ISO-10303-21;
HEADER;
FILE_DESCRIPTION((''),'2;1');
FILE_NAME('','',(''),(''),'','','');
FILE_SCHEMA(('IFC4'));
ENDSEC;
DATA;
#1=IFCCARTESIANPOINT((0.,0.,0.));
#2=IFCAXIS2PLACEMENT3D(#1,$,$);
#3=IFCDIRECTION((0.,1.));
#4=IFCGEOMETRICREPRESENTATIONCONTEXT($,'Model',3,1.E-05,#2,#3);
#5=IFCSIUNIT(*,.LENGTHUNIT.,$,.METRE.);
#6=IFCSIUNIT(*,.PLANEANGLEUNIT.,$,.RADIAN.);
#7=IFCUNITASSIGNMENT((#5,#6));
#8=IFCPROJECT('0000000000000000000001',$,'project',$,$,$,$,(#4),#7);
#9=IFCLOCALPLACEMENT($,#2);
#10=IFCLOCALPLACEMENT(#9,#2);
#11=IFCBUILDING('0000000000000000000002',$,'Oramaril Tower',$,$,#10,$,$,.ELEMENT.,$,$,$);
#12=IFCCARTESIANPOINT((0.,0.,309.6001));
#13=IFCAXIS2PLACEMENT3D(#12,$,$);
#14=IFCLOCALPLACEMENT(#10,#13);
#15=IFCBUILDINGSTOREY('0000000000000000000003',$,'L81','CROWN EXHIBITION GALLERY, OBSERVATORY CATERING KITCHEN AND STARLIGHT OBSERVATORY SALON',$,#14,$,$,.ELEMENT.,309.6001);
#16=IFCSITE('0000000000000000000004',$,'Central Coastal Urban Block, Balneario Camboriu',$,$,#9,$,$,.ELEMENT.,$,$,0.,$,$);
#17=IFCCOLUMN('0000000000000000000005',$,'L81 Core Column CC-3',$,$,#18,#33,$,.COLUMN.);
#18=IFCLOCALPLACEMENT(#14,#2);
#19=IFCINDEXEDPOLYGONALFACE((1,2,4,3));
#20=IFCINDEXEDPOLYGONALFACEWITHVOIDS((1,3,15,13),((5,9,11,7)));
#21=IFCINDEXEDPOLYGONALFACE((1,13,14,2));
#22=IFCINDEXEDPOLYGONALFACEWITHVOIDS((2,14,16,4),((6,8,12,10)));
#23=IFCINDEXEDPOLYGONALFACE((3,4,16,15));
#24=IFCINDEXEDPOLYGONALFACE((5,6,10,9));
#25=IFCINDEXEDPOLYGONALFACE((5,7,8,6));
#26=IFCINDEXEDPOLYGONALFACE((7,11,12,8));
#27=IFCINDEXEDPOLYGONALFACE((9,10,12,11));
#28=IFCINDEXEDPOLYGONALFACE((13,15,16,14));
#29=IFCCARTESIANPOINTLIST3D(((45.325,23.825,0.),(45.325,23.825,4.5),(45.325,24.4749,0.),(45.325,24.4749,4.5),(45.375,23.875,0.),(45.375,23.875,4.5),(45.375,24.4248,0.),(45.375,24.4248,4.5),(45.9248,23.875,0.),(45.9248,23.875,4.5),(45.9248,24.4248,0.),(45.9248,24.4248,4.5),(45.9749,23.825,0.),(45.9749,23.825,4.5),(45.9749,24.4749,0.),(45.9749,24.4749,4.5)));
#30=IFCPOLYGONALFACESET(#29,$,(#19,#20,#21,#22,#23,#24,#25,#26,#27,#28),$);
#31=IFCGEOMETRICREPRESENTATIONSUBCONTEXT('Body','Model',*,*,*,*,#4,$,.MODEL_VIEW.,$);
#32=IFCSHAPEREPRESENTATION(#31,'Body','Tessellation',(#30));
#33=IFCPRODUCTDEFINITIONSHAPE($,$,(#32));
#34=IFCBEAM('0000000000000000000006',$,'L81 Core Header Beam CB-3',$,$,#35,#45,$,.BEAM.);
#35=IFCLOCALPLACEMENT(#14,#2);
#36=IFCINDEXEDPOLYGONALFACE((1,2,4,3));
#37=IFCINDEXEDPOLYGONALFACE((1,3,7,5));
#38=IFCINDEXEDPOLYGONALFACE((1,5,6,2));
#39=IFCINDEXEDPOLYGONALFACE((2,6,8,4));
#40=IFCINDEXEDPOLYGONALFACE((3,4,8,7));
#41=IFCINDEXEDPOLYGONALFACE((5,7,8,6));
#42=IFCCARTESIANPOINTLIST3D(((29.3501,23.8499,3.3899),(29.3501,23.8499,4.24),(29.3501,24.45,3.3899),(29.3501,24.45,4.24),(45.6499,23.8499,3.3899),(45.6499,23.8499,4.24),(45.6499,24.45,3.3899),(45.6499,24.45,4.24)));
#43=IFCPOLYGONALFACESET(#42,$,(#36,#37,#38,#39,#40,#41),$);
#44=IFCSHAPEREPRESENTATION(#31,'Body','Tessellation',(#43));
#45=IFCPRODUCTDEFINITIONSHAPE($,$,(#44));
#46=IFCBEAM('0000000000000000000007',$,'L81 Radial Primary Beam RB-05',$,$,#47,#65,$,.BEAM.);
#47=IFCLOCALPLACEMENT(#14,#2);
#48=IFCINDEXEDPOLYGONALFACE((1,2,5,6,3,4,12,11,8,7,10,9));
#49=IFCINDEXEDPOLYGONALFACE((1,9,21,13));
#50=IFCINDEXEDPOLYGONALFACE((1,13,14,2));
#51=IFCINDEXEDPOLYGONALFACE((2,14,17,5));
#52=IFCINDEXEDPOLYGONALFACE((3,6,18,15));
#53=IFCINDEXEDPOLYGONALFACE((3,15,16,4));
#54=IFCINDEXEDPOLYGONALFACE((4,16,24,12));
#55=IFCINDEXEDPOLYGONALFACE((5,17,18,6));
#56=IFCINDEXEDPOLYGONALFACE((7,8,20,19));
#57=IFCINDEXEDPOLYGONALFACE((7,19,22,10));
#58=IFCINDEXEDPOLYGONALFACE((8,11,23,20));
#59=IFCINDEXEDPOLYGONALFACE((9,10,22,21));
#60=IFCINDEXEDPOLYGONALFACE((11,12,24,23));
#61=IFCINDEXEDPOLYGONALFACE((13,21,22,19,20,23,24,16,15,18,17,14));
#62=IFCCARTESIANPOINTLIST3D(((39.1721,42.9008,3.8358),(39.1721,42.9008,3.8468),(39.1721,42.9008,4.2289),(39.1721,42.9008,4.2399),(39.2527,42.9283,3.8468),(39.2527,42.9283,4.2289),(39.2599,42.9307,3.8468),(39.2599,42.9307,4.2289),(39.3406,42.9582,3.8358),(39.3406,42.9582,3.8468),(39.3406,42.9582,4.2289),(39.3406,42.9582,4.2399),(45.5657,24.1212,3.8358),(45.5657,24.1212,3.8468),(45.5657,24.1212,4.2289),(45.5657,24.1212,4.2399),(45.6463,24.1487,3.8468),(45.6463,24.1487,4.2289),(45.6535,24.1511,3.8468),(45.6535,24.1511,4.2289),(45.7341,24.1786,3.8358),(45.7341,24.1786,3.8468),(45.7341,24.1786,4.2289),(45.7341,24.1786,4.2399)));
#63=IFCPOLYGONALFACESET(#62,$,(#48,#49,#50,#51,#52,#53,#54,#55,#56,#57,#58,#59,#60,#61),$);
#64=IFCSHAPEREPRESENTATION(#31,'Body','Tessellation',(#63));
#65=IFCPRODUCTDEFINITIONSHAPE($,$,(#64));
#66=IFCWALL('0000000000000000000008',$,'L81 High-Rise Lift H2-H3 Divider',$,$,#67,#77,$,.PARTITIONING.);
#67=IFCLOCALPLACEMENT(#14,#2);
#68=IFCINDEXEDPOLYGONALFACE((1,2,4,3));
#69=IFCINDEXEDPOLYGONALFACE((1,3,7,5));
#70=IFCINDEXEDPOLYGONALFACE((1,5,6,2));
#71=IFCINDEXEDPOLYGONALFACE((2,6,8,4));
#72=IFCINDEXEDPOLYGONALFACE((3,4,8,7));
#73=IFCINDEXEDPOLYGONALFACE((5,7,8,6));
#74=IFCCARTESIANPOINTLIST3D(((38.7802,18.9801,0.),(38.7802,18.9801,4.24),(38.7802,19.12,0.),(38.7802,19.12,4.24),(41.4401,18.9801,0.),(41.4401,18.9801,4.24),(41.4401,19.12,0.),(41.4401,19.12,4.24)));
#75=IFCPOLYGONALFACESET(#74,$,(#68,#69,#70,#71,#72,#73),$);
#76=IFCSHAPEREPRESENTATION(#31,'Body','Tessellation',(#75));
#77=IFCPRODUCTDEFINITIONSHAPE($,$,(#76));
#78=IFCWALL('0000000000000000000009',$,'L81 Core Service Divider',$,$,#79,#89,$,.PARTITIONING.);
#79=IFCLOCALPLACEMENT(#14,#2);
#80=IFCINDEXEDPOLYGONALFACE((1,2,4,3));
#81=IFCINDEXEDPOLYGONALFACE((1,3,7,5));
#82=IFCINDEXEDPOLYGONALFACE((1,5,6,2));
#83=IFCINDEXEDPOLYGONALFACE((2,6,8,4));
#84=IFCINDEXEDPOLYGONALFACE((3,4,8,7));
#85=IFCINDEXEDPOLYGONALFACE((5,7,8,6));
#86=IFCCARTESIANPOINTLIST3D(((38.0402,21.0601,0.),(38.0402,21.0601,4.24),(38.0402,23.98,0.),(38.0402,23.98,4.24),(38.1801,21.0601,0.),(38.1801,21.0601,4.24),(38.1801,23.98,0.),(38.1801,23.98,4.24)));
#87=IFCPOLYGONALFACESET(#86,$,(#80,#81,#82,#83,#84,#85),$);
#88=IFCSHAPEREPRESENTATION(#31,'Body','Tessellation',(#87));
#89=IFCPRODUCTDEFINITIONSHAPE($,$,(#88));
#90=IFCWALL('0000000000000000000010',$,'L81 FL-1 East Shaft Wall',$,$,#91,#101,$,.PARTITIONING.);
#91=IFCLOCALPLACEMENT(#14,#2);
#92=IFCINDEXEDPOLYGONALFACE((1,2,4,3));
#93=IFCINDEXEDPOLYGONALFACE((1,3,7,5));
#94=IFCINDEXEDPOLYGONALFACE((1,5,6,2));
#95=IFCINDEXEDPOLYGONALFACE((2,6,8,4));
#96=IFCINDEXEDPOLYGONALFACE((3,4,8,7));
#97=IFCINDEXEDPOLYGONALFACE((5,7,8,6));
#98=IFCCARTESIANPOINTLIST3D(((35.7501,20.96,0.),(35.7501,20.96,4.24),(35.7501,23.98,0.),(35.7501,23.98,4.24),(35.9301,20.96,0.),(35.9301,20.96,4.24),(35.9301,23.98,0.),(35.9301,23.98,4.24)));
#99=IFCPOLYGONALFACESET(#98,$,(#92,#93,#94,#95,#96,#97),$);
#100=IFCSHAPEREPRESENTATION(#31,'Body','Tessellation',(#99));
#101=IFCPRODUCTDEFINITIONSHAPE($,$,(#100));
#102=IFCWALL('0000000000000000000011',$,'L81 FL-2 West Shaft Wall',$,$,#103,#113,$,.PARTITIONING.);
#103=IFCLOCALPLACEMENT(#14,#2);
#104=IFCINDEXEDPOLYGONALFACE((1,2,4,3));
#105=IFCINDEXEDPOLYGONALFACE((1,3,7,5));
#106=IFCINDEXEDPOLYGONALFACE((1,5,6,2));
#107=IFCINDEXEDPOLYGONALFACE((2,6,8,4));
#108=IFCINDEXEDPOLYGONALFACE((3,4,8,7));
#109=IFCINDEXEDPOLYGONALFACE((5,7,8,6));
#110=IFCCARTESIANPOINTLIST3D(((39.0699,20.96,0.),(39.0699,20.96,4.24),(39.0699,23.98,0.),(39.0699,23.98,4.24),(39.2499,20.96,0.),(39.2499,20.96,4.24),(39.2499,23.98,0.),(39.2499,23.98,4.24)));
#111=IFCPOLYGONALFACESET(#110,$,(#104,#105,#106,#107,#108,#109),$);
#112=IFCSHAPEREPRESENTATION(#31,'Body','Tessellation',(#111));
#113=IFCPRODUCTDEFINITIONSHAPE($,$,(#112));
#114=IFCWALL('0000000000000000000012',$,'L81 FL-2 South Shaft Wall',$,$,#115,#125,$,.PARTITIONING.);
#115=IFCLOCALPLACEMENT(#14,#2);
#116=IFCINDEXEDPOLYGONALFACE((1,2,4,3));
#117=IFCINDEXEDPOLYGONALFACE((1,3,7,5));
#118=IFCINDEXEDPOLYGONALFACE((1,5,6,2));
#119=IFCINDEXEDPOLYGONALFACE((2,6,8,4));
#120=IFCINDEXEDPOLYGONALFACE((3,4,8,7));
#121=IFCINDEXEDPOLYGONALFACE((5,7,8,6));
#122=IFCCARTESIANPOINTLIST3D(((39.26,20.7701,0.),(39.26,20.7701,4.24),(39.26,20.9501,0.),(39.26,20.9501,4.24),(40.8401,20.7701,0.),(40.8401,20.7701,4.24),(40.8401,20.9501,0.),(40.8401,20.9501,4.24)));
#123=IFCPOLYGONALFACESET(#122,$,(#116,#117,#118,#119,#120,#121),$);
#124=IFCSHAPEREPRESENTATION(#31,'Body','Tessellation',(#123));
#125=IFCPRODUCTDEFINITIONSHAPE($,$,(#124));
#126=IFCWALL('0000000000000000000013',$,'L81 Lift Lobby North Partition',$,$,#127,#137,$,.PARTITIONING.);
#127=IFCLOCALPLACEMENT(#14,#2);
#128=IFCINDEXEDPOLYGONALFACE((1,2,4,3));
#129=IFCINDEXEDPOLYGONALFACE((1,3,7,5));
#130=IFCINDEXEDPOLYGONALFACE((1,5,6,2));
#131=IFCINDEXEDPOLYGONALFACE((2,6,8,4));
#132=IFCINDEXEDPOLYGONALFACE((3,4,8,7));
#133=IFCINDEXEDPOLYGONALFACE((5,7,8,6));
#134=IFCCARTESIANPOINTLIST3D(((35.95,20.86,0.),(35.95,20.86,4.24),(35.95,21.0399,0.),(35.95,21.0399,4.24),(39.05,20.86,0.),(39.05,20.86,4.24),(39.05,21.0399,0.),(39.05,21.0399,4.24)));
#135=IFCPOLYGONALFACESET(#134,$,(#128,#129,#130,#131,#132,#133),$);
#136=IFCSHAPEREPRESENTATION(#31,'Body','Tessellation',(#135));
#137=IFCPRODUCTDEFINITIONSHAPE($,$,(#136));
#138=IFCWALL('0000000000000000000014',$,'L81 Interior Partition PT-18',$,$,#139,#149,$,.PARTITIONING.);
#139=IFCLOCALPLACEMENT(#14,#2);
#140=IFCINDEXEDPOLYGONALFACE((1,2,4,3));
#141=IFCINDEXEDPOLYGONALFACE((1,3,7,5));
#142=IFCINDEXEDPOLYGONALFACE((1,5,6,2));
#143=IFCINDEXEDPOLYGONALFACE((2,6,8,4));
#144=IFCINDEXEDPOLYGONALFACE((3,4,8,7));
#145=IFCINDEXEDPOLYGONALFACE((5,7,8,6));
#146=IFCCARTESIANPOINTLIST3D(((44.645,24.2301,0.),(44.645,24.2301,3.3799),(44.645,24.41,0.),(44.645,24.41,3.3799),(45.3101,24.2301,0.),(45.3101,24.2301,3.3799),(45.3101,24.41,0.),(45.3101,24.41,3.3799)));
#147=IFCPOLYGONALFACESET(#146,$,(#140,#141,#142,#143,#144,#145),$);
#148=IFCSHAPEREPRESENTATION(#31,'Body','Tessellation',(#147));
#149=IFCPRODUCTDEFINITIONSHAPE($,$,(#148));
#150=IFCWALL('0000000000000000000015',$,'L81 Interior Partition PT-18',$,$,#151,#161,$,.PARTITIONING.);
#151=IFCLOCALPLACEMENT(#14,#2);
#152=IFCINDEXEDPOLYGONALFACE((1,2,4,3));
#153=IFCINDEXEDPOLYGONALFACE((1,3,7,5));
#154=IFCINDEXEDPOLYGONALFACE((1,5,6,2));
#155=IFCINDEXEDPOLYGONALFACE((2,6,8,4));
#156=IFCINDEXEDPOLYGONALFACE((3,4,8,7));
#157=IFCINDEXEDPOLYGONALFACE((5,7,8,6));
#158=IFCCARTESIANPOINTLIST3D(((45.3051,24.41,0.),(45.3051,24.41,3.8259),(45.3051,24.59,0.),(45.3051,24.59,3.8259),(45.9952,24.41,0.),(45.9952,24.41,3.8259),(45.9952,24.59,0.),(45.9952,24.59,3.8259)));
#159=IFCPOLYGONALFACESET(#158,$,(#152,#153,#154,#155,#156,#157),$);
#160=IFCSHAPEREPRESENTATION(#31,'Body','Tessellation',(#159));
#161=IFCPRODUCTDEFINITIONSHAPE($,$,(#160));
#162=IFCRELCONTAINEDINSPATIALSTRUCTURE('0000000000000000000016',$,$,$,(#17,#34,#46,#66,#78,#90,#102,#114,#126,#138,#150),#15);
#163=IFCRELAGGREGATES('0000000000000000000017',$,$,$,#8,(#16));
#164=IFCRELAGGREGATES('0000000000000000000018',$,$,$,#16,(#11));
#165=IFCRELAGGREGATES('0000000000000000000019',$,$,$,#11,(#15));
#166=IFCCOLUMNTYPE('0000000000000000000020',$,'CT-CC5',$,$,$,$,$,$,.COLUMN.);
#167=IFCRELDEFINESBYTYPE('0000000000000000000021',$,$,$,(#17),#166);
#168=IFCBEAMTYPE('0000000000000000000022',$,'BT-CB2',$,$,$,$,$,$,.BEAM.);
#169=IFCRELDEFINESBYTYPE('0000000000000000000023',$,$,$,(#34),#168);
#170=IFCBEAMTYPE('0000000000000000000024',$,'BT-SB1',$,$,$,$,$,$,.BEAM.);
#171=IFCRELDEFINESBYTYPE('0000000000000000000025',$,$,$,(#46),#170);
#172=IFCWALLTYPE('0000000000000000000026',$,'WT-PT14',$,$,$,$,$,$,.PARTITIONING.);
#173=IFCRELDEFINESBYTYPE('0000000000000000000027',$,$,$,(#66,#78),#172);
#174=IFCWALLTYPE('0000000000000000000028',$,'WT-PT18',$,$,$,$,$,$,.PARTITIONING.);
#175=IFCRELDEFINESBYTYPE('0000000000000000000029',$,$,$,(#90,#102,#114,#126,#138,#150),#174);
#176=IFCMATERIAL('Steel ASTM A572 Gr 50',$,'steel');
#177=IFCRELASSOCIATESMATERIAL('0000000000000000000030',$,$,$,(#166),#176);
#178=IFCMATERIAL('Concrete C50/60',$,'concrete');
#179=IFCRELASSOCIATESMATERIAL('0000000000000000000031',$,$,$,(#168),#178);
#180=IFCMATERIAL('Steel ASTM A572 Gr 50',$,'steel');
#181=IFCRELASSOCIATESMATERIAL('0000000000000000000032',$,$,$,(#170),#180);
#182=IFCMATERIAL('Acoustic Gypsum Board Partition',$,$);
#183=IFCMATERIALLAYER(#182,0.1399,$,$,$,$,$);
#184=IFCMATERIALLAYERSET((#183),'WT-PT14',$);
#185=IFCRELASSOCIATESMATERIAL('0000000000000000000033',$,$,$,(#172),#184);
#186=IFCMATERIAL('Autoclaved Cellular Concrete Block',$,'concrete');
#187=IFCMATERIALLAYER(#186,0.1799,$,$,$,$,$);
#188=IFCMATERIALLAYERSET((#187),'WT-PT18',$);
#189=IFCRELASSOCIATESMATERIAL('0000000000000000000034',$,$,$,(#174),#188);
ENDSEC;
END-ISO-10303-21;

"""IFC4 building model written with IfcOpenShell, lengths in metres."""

from ifc_helpers import new_model, si_unit, direction, frame, frame_2d, origin, origin_2d, place, context, subcontext, project, spatial, rectangle, hollow_rectangle, i_section, extrude, material, layer, layer_set, material_profile, profile_set, type_object, element, save


model = new_model("IFC4")

# Units and contexts
model_context = context("Model", 3, precision=1e-05, world=origin(), true_north=direction((0.0, 1.0)))
body_context = subcontext(model_context, "Body", "Model", "MODEL_VIEW")
ifc_project = project(units=[si_unit("LENGTHUNIT", "METRE"), si_unit("PLANEANGLEUNIT", "RADIAN")], contexts=[model_context])

# Site, building, storey
site_placement = place(None, origin())
site = spatial("IfcSite", under=ifc_project, at=site_placement, Name="Central Coastal Urban Block, Balneario Camboriu", CompositionType="ELEMENT", RefElevation=0.0)
building_placement = place(site_placement, origin())
building = spatial("IfcBuilding", under=site, at=building_placement, Name="Oramaril Tower", CompositionType="ELEMENT")
storey_placement = place(building_placement, frame((0.0, 0.0, 309.6001)))
storey = spatial("IfcBuildingStorey", under=building, at=storey_placement, Name="L81", Description="CROWN EXHIBITION GALLERY, OBSERVATORY CATERING KITCHEN AND STARLIGHT OBSERVATORY SALON", CompositionType="ELEMENT", Elevation=309.6001)

# Column
ifc_material_1 = material(Name="Steel ASTM A572 Gr 50", Category="steel")
ifc_material_profile_1 = material_profile(ifc_material_1, hollow_rectangle(XDim=0.6499, YDim=0.6499, WallThickness=0.05, at=origin_2d()), Name="BOX650X650X50")
ifc_profile_set_1 = profile_set([ifc_material_profile_1], Name="Steel ASTM A572 Gr 50")
column_type = type_object("IfcColumnType", Name="CT-CC5", PredefinedType="COLUMN", material=ifc_profile_set_1)
column_placement = place(storey_placement, frame((45.6499, 24.1499, 0.0), z_axis=(0.0, 0.0, 1.0), x_axis=(1.0, 0.0, 0.0)))
element("IfcColumn", 1, at=column_placement, inside=storey, type_object=column_type, Name="L81 Core Column CC-3", PredefinedType="COLUMN", context=body_context, shape_type="SweptSolid", body=[
    extrude(hollow_rectangle(XDim=0.6499, YDim=0.6499, WallThickness=0.05, at=origin_2d()), origin(), (0.0, 0.0, 1.0), 4.5),
])

# Beams
ifc_material_2 = material(Name="Concrete C50/60", Category="concrete")
ifc_material_profile_2 = material_profile(ifc_material_2, rectangle(XDim=0.6001, YDim=0.8501, at=origin_2d()), Name="CB600X850")
ifc_profile_set_2 = profile_set([ifc_material_profile_2], Name="Concrete C50/60")
beam_type_1 = type_object("IfcBeamType", Name="BT-CB2", PredefinedType="BEAM", material=ifc_profile_set_2)
beam_1_placement = place(storey_placement, frame((45.6499, 24.1499, 3.8149), z_axis=(-1.0, 0.0, 0.0), x_axis=(0.0, -1.0, 0.0)))
element("IfcBeam", 2, at=beam_1_placement, inside=storey, type_object=beam_type_1, Name="L81 Core Header Beam CB-3", PredefinedType="BEAM", context=body_context, shape_type="SweptSolid", body=[
    extrude(rectangle(XDim=0.6001, YDim=0.8501, at=origin_2d()), origin(), (0.0, 0.0, 1.0), 16.2998),
])
ifc_material_3 = material(Name="Steel ASTM A572 Gr 50", Category="steel")
ifc_material_profile_3 = material_profile(ifc_material_3, i_section(OverallWidth=0.178, OverallDepth=0.4041, WebThickness=0.0076, FlangeThickness=0.011, at=origin_2d()), Name="W16X36")
ifc_profile_set_3 = profile_set([ifc_material_profile_3], Name="Steel ASTM A572 Gr 50")
beam_type_2 = type_object("IfcBeamType", Name="BT-SB1", PredefinedType="BEAM", material=ifc_profile_set_3)
beam_2_placement = place(storey_placement, frame((45.6499, 24.1499, 4.0378), z_axis=(-0.322287, 0.946642, 0.0), x_axis=(-0.946642, -0.322287, 0.0)))
element("IfcBeam", 3, at=beam_2_placement, inside=storey, type_object=beam_type_2, Name="L81 Radial Primary Beam RB-05", PredefinedType="BEAM", context=body_context, shape_type="SweptSolid", body=[
    extrude(i_section(OverallWidth=0.178, OverallDepth=0.4041, WebThickness=0.0076, FlangeThickness=0.011, at=origin_2d()), origin(), (0.0, 0.0, 1.0), 19.8381),
])

# Walls
ifc_material_4 = material(Name="Acoustic Gypsum Board Partition")
ifc_layer_1 = layer(ifc_material_4, 0.1399)
ifc_layer_set_1 = layer_set([ifc_layer_1], Name="WT-PT14")
wall_type_1 = type_object("IfcWallType", Name="WT-PT14", PredefinedType="PARTITIONING", material=ifc_layer_set_1)
wall_1_placement = place(storey_placement, frame((38.78, 19.05, 0.0), z_axis=(0.0, 0.0, 1.0), x_axis=(1.0, 0.0, 0.0)))
element("IfcWall", 4, at=wall_1_placement, inside=storey, type_object=wall_type_1, Name="L81 High-Rise Lift H2-H3 Divider", PredefinedType="PARTITIONING", context=body_context, shape_type="SweptSolid", body=[
    extrude(rectangle(XDim=2.6599, YDim=0.1399, at=frame_2d((1.3301, 0.0))), origin(), (0.0, 0.0, 1.0), 4.24),
])
wall_2_placement = place(storey_placement, frame((38.1101, 21.0601, 0.0), z_axis=(0.0, 0.0, 1.0), x_axis=(0.0, 1.0, 0.0)))
element("IfcWall", 5, at=wall_2_placement, inside=storey, type_object=wall_type_1, Name="L81 Core Service Divider", PredefinedType="PARTITIONING", context=body_context, shape_type="SweptSolid", body=[
    extrude(rectangle(XDim=2.9199, YDim=0.1399, at=frame_2d((1.46, 0.0))), origin(), (0.0, 0.0, 1.0), 4.24),
])
ifc_material_5 = material(Name="Autoclaved Cellular Concrete Block", Category="concrete")
ifc_layer_2 = layer(ifc_material_5, 0.1799)
ifc_layer_set_2 = layer_set([ifc_layer_2], Name="WT-PT18")
wall_type_2 = type_object("IfcWallType", Name="WT-PT18", PredefinedType="PARTITIONING", material=ifc_layer_set_2)
for number, where, z_axis, x_axis, name in (
    (6, (35.8401, 20.96, 0.0), (0.0, 0.0, 1.0), (0.0, 1.0, 0.0), "L81 FL-1 East Shaft Wall"),
    (7, (39.1599, 20.96, 0.0), (0.0, 0.0, 1.0), (0.0, 1.0, 0.0), "L81 FL-2 West Shaft Wall"),
):
    element("IfcWall", number, at=place(storey_placement, frame(where, z_axis=z_axis, x_axis=x_axis)), inside=storey, type_object=wall_type_2, Name=name, PredefinedType="PARTITIONING", context=body_context, shape_type="SweptSolid", body=[
        extrude(rectangle(XDim=3.02, YDim=0.1799, at=frame_2d((1.51, 0.0))), origin(), (0.0, 0.0, 1.0), 4.24),
    ])
wall_3_placement = place(storey_placement, frame((39.26, 20.8601, 0.0), z_axis=(0.0, 0.0, 1.0), x_axis=(1.0, 0.0, 0.0)))
element("IfcWall", 8, at=wall_3_placement, inside=storey, type_object=wall_type_2, Name="L81 FL-2 South Shaft Wall", PredefinedType="PARTITIONING", context=body_context, shape_type="SweptSolid", body=[
    extrude(rectangle(XDim=1.5801, YDim=0.1799, at=frame_2d((0.79, 0.0))), origin(), (0.0, 0.0, 1.0), 4.24),
])
wall_4_placement = place(storey_placement, frame((35.95, 20.95, 0.0), z_axis=(0.0, 0.0, 1.0), x_axis=(1.0, 0.0, 0.0)))
element("IfcWall", 9, at=wall_4_placement, inside=storey, type_object=wall_type_2, Name="L81 Lift Lobby North Partition", PredefinedType="PARTITIONING", context=body_context, shape_type="SweptSolid", body=[
    extrude(rectangle(XDim=3.1001, YDim=0.1799, at=frame_2d((1.55, 0.0))), origin(), (0.0, 0.0, 1.0), 4.24),
])
wall_5_placement = place(storey_placement, frame((44.645, 24.3201, 0.0), z_axis=(0.0, 0.0, 1.0), x_axis=(1.0, 0.0, 0.0)))
element("IfcWall", 10, at=wall_5_placement, inside=storey, type_object=wall_type_2, Name="L81 Interior Partition PT-18", PredefinedType="PARTITIONING", context=body_context, shape_type="SweptSolid", body=[
    extrude(rectangle(XDim=0.665, YDim=0.1799, at=frame_2d((0.3325, 0.0))), origin(), (0.0, 0.0, 1.0), 3.3799),
])
wall_6_placement = place(storey_placement, frame((45.3049, 24.5, 0.0), z_axis=(0.0, 0.0, 1.0), x_axis=(1.0, 0.0, 0.0)))
element("IfcWall", 11, at=wall_6_placement, inside=storey, type_object=wall_type_2, Name="L81 Interior Partition PT-18", PredefinedType="PARTITIONING", context=body_context, shape_type="SweptSolid", body=[
    extrude(rectangle(XDim=0.6902, YDim=0.1799, at=frame_2d((0.3452, 0.0))), origin(), (0.0, 0.0, 1.0), 3.8259),
])

save(model, "model.ifc")
